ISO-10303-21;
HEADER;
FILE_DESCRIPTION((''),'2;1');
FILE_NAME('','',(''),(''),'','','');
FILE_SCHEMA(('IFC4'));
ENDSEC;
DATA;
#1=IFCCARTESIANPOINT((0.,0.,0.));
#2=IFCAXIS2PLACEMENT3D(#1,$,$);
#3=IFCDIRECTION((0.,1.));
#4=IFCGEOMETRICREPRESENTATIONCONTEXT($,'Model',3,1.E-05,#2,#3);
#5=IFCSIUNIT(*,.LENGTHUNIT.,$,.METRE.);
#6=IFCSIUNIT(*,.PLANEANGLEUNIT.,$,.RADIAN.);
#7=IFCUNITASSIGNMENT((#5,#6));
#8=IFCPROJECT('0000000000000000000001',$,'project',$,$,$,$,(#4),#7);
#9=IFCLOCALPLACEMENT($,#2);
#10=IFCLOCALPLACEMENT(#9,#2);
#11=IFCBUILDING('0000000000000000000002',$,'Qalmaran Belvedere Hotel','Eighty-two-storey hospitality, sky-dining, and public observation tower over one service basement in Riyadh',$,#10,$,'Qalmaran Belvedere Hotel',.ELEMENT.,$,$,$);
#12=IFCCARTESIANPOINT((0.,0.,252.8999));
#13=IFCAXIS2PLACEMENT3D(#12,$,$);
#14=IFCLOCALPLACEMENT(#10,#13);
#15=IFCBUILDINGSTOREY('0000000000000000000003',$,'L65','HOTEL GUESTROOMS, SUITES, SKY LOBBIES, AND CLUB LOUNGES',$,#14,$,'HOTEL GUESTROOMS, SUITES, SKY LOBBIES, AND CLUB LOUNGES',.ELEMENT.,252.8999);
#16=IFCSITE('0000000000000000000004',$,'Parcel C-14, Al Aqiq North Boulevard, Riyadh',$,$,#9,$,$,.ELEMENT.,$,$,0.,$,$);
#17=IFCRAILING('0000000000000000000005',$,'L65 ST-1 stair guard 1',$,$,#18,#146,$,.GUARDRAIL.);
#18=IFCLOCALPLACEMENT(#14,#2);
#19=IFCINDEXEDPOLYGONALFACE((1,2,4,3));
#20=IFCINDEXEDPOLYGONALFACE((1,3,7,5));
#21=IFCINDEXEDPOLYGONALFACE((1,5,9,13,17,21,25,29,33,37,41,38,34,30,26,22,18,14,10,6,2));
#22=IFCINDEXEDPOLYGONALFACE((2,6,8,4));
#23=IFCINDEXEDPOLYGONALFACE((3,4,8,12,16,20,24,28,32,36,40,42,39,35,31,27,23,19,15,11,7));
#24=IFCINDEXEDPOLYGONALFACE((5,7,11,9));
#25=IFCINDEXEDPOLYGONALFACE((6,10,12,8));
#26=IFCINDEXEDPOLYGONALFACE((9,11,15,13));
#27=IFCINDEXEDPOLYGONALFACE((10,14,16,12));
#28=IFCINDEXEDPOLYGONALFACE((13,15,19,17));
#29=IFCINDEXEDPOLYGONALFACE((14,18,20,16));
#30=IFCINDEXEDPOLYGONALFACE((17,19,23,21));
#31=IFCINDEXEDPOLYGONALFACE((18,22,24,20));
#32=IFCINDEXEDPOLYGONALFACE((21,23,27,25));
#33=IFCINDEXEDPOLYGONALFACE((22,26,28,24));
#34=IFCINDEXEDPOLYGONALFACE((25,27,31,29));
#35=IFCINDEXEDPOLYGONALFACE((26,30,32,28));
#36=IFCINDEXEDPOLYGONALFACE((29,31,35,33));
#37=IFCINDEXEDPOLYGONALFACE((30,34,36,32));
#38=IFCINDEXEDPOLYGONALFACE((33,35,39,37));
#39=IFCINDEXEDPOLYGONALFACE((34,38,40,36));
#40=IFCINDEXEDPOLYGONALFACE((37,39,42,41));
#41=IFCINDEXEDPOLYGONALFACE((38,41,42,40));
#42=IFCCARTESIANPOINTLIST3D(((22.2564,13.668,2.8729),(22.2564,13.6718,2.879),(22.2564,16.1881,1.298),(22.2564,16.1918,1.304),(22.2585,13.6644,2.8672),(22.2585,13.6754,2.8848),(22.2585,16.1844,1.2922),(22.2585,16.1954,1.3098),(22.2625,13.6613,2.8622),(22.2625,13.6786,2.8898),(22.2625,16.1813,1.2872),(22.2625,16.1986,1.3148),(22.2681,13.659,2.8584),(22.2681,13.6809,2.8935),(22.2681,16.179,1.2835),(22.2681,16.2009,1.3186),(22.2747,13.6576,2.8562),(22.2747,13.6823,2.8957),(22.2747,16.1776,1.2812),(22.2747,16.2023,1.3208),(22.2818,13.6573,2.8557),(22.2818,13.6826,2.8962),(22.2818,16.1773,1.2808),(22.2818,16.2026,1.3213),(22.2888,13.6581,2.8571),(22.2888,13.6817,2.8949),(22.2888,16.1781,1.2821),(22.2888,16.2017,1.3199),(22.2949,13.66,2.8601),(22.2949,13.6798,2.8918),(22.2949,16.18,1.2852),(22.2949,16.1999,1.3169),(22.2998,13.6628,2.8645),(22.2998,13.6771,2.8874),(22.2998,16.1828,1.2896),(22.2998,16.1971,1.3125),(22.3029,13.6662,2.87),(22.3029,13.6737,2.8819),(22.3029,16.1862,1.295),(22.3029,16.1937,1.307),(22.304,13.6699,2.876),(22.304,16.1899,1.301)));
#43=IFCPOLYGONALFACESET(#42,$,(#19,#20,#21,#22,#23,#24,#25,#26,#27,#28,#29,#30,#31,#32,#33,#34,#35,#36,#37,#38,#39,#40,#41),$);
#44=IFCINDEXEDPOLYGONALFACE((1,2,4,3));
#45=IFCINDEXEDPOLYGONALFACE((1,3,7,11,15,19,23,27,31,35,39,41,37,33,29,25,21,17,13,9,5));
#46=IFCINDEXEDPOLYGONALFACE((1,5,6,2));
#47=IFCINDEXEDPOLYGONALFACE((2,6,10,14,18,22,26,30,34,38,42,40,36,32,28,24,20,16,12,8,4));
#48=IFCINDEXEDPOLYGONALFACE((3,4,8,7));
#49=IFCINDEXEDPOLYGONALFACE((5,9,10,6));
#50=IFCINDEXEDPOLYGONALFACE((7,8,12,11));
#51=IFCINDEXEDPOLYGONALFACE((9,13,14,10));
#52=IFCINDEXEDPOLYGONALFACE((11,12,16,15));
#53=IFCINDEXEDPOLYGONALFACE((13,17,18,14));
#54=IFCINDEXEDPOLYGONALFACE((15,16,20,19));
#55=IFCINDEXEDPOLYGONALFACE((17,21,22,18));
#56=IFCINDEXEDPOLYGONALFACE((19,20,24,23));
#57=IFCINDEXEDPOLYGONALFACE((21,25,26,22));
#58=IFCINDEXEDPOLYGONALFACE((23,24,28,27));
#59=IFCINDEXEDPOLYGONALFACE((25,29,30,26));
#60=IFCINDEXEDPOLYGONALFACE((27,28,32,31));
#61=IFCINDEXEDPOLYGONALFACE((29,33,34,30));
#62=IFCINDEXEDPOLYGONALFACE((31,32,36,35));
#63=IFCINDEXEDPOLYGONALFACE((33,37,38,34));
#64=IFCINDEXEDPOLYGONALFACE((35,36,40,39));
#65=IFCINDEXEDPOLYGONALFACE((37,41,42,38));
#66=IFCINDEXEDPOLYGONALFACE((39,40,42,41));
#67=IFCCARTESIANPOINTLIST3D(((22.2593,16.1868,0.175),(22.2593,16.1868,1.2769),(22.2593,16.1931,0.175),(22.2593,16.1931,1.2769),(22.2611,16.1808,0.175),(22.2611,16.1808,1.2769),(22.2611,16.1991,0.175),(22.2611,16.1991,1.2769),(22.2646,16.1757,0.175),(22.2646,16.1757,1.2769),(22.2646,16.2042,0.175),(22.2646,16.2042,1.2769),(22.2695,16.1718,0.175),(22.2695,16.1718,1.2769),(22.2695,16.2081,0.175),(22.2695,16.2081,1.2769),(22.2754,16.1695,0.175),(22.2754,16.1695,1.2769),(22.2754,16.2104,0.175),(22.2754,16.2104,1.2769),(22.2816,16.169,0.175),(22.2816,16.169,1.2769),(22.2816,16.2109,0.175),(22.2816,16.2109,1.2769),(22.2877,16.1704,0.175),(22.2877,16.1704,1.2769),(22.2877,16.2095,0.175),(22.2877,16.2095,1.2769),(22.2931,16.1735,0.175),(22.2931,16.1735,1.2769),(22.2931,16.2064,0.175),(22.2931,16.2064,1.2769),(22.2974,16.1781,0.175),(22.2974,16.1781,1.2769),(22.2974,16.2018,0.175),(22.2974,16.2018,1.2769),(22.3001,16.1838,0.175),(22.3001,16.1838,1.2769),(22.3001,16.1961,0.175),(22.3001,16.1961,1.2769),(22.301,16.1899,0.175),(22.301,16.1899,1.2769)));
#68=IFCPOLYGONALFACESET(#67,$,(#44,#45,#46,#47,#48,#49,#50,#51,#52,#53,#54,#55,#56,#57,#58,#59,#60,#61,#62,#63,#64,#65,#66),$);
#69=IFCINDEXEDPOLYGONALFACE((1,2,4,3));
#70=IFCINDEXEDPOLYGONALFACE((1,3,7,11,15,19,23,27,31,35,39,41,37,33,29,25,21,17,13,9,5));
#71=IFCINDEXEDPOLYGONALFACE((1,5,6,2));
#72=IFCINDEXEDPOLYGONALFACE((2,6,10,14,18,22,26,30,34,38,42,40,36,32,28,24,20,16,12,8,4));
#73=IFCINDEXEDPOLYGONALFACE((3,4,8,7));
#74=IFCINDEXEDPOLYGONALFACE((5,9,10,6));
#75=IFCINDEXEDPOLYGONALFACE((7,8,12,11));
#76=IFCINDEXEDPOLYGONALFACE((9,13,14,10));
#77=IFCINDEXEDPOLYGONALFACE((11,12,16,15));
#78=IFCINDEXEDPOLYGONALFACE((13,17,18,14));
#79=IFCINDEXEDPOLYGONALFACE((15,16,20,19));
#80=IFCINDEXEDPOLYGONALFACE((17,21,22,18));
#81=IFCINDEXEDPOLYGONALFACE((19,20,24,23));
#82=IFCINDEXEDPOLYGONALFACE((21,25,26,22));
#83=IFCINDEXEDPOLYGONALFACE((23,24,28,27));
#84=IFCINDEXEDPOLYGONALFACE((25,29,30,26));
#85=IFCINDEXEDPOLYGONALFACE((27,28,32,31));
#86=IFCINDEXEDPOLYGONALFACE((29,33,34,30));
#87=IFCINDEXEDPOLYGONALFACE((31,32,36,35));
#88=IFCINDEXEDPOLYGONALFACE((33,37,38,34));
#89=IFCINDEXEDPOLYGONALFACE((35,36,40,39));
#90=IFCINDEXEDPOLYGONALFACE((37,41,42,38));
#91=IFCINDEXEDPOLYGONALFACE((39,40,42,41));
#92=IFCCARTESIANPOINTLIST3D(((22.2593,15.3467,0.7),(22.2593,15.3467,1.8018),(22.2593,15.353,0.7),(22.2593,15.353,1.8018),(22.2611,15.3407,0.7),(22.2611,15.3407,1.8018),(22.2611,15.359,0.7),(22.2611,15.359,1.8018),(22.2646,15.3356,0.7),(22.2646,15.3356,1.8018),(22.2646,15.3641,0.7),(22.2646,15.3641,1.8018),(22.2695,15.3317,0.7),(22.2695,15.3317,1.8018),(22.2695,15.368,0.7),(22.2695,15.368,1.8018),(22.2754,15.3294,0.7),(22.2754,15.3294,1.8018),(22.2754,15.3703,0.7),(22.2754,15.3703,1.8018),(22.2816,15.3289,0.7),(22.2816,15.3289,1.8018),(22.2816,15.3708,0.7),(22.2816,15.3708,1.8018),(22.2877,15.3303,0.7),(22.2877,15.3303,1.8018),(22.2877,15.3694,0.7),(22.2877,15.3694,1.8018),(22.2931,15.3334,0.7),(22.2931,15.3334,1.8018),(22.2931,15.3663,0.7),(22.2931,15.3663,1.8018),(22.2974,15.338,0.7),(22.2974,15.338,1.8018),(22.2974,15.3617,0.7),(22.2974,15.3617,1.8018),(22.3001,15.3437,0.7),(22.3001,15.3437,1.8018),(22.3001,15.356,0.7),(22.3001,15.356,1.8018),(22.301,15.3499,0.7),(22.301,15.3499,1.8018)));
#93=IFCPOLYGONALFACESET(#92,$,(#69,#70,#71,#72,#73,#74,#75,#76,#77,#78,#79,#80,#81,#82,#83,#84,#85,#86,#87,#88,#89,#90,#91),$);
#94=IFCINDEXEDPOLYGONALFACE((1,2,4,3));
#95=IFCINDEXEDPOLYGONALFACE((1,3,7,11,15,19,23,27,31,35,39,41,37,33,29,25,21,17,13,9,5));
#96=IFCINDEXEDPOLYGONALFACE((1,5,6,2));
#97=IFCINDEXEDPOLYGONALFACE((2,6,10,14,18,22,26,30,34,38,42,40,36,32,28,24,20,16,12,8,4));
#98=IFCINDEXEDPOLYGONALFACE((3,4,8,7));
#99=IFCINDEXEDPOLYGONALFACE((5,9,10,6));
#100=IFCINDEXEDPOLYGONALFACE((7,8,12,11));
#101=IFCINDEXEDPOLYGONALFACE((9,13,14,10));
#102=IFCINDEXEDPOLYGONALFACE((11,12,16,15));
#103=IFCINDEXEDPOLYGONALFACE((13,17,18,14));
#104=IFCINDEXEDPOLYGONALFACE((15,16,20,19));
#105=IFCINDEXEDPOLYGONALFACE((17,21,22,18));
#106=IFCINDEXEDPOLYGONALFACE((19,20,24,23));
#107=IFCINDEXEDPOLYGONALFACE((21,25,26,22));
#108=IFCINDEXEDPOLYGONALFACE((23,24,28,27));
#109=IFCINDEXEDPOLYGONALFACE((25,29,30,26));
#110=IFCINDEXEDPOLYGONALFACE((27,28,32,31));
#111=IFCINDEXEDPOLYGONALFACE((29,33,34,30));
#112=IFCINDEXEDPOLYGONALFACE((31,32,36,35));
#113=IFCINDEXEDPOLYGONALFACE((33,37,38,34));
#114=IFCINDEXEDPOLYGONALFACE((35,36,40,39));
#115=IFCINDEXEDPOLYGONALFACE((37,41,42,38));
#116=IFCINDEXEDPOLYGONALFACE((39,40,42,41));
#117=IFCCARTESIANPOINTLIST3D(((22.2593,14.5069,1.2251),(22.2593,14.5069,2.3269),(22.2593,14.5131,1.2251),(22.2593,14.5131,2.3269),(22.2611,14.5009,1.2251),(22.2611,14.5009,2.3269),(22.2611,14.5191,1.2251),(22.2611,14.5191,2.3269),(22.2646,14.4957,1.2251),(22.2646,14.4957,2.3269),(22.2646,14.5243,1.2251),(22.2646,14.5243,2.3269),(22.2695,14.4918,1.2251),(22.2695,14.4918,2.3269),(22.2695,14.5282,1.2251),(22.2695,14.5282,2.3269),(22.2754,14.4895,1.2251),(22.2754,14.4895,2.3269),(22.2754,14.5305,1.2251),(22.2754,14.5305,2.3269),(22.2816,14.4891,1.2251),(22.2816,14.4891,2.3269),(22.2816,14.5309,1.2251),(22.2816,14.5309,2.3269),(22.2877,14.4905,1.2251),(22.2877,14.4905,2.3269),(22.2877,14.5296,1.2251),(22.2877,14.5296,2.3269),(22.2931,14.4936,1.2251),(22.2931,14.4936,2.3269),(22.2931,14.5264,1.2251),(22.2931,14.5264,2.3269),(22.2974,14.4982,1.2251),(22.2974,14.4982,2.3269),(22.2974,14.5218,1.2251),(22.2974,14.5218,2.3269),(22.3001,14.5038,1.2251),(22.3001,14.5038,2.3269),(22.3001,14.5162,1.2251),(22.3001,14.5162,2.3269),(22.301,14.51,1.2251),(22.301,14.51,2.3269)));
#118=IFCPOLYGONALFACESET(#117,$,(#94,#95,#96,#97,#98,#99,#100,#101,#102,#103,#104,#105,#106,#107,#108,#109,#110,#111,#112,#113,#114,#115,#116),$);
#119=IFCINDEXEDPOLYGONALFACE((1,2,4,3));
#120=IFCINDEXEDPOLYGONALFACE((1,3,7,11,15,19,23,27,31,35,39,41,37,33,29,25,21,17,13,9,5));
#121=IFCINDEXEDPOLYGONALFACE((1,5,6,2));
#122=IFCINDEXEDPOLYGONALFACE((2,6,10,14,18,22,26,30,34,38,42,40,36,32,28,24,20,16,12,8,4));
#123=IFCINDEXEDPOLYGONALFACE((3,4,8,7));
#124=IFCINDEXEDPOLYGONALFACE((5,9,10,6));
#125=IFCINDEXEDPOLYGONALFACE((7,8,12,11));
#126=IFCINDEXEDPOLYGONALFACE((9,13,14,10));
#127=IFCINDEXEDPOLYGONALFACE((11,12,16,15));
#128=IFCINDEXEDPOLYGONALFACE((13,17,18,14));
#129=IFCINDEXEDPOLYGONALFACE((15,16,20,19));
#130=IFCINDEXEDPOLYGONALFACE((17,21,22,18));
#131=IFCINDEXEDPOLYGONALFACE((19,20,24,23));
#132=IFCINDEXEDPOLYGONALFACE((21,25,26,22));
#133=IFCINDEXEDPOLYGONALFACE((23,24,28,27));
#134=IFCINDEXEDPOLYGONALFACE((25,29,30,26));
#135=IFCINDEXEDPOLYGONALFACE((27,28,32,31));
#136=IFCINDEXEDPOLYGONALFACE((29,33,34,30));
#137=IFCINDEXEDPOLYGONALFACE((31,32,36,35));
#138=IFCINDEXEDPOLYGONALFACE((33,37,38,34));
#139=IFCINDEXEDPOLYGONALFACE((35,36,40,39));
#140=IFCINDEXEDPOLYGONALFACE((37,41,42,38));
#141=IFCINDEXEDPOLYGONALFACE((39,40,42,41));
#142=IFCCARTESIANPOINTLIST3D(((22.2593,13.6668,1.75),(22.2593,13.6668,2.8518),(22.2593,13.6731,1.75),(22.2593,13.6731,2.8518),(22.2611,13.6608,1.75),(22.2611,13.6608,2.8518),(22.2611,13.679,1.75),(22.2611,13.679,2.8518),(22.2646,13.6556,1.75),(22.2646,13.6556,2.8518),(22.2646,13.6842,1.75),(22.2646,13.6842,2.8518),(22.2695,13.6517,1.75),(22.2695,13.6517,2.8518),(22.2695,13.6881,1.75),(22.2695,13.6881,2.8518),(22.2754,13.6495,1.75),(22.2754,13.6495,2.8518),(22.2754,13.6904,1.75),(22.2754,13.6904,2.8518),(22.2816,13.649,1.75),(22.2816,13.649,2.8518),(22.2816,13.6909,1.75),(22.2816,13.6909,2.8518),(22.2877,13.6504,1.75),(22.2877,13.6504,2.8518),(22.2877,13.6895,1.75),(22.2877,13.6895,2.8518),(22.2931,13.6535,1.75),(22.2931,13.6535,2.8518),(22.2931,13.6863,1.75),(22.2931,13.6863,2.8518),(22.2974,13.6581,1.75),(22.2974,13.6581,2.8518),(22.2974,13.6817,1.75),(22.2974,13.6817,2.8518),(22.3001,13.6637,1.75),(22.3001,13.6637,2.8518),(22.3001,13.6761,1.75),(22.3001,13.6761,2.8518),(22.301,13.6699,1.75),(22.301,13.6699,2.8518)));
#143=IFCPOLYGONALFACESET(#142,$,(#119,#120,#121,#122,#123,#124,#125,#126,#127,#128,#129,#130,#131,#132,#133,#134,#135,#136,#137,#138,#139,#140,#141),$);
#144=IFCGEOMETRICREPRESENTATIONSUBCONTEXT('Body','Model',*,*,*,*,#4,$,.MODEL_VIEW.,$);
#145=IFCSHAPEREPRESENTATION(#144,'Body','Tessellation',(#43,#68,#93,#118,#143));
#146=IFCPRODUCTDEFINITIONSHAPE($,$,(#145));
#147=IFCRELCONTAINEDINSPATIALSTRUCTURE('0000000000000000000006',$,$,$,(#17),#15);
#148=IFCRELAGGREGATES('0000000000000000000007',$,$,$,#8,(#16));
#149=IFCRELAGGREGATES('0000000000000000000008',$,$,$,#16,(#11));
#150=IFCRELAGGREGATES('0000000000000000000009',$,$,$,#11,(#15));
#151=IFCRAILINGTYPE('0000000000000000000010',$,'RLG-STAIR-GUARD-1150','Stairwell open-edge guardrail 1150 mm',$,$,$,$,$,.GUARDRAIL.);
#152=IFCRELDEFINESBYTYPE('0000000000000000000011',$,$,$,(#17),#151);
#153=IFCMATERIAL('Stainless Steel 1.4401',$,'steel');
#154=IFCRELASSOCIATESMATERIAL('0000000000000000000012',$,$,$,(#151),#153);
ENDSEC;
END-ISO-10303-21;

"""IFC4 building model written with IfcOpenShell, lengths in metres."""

from ifc_helpers import new_model, si_unit, direction, frame, origin, origin_2d, place, context, subcontext, project, spatial, circle, extrude, material, type_object, element, save


model = new_model("IFC4")

# Units and contexts
model_context = context("Model", 3, precision=1e-05, world=origin(), true_north=direction((0.0, 1.0)))
body_context = subcontext(model_context, "Body", "Model", "MODEL_VIEW")
ifc_project = project(units=[si_unit("LENGTHUNIT", "METRE"), si_unit("PLANEANGLEUNIT", "RADIAN")], contexts=[model_context])

# Site, building, storey
site_placement = place(None, origin())
site = spatial("IfcSite", under=ifc_project, at=site_placement, Name="Parcel C-14, Al Aqiq North Boulevard, Riyadh", CompositionType="ELEMENT", RefElevation=0.0)
building_placement = place(site_placement, origin())
building = spatial("IfcBuilding", under=site, at=building_placement, Name="Qalmaran Belvedere Hotel", Description="Eighty-two-storey hospitality, sky-dining, and public observation tower over one service basement in Riyadh", LongName="Qalmaran Belvedere Hotel", CompositionType="ELEMENT")
storey_placement = place(building_placement, frame((0.0, 0.0, 252.8999)))
storey = spatial("IfcBuildingStorey", under=building, at=storey_placement, Name="L65", Description="HOTEL GUESTROOMS, SUITES, SKY LOBBIES, AND CLUB LOUNGES", LongName="HOTEL GUESTROOMS, SUITES, SKY LOBBIES, AND CLUB LOUNGES", CompositionType="ELEMENT", Elevation=252.8999)

# Shared definitions
ifc_material_1 = material(Name="Stainless Steel 1.4401", Category="steel")

# Railing
railing_type_1 = type_object("IfcRailingType", Name="RLG-STAIR-GUARD-1150", Description="Stairwell open-edge guardrail 1150 mm", PredefinedType="GUARDRAIL", material=ifc_material_1)
railing_1_placement = place(storey_placement, frame((22.28, 16.1899, 0.175)))
element("IfcRailing", 1, at=railing_1_placement, inside=storey, type_object=railing_type_1, Name="L65 ST-1 stair guard 1", PredefinedType="GUARDRAIL", context=body_context, shape_type="SweptSolid", body=[
    extrude(circle(Radius=0.0239, at=origin_2d()), frame((0.0, 0.0, 1.126), z_axis=(0.0, -0.848008, 0.529984), x_axis=(1.0, 0.0, 0.0)), (0.0, 0.0, 1.0), 2.9717),
    extrude(circle(Radius=0.021, at=origin_2d()), origin(), (0.0, 0.0, 1.0), 1.1018),
    extrude(circle(Radius=0.021, at=origin_2d()), frame((0.0, -0.8401, 0.5249)), (0.0, 0.0, 1.0), 1.1018),
    extrude(circle(Radius=0.021, at=origin_2d()), frame((0.0, -1.6799, 1.05)), (0.0, 0.0, 1.0), 1.1018),
    extrude(circle(Radius=0.021, at=origin_2d()), frame((0.0, -2.52, 1.575)), (0.0, 0.0, 1.0), 1.1018),
])

save(model, "model.ifc")
